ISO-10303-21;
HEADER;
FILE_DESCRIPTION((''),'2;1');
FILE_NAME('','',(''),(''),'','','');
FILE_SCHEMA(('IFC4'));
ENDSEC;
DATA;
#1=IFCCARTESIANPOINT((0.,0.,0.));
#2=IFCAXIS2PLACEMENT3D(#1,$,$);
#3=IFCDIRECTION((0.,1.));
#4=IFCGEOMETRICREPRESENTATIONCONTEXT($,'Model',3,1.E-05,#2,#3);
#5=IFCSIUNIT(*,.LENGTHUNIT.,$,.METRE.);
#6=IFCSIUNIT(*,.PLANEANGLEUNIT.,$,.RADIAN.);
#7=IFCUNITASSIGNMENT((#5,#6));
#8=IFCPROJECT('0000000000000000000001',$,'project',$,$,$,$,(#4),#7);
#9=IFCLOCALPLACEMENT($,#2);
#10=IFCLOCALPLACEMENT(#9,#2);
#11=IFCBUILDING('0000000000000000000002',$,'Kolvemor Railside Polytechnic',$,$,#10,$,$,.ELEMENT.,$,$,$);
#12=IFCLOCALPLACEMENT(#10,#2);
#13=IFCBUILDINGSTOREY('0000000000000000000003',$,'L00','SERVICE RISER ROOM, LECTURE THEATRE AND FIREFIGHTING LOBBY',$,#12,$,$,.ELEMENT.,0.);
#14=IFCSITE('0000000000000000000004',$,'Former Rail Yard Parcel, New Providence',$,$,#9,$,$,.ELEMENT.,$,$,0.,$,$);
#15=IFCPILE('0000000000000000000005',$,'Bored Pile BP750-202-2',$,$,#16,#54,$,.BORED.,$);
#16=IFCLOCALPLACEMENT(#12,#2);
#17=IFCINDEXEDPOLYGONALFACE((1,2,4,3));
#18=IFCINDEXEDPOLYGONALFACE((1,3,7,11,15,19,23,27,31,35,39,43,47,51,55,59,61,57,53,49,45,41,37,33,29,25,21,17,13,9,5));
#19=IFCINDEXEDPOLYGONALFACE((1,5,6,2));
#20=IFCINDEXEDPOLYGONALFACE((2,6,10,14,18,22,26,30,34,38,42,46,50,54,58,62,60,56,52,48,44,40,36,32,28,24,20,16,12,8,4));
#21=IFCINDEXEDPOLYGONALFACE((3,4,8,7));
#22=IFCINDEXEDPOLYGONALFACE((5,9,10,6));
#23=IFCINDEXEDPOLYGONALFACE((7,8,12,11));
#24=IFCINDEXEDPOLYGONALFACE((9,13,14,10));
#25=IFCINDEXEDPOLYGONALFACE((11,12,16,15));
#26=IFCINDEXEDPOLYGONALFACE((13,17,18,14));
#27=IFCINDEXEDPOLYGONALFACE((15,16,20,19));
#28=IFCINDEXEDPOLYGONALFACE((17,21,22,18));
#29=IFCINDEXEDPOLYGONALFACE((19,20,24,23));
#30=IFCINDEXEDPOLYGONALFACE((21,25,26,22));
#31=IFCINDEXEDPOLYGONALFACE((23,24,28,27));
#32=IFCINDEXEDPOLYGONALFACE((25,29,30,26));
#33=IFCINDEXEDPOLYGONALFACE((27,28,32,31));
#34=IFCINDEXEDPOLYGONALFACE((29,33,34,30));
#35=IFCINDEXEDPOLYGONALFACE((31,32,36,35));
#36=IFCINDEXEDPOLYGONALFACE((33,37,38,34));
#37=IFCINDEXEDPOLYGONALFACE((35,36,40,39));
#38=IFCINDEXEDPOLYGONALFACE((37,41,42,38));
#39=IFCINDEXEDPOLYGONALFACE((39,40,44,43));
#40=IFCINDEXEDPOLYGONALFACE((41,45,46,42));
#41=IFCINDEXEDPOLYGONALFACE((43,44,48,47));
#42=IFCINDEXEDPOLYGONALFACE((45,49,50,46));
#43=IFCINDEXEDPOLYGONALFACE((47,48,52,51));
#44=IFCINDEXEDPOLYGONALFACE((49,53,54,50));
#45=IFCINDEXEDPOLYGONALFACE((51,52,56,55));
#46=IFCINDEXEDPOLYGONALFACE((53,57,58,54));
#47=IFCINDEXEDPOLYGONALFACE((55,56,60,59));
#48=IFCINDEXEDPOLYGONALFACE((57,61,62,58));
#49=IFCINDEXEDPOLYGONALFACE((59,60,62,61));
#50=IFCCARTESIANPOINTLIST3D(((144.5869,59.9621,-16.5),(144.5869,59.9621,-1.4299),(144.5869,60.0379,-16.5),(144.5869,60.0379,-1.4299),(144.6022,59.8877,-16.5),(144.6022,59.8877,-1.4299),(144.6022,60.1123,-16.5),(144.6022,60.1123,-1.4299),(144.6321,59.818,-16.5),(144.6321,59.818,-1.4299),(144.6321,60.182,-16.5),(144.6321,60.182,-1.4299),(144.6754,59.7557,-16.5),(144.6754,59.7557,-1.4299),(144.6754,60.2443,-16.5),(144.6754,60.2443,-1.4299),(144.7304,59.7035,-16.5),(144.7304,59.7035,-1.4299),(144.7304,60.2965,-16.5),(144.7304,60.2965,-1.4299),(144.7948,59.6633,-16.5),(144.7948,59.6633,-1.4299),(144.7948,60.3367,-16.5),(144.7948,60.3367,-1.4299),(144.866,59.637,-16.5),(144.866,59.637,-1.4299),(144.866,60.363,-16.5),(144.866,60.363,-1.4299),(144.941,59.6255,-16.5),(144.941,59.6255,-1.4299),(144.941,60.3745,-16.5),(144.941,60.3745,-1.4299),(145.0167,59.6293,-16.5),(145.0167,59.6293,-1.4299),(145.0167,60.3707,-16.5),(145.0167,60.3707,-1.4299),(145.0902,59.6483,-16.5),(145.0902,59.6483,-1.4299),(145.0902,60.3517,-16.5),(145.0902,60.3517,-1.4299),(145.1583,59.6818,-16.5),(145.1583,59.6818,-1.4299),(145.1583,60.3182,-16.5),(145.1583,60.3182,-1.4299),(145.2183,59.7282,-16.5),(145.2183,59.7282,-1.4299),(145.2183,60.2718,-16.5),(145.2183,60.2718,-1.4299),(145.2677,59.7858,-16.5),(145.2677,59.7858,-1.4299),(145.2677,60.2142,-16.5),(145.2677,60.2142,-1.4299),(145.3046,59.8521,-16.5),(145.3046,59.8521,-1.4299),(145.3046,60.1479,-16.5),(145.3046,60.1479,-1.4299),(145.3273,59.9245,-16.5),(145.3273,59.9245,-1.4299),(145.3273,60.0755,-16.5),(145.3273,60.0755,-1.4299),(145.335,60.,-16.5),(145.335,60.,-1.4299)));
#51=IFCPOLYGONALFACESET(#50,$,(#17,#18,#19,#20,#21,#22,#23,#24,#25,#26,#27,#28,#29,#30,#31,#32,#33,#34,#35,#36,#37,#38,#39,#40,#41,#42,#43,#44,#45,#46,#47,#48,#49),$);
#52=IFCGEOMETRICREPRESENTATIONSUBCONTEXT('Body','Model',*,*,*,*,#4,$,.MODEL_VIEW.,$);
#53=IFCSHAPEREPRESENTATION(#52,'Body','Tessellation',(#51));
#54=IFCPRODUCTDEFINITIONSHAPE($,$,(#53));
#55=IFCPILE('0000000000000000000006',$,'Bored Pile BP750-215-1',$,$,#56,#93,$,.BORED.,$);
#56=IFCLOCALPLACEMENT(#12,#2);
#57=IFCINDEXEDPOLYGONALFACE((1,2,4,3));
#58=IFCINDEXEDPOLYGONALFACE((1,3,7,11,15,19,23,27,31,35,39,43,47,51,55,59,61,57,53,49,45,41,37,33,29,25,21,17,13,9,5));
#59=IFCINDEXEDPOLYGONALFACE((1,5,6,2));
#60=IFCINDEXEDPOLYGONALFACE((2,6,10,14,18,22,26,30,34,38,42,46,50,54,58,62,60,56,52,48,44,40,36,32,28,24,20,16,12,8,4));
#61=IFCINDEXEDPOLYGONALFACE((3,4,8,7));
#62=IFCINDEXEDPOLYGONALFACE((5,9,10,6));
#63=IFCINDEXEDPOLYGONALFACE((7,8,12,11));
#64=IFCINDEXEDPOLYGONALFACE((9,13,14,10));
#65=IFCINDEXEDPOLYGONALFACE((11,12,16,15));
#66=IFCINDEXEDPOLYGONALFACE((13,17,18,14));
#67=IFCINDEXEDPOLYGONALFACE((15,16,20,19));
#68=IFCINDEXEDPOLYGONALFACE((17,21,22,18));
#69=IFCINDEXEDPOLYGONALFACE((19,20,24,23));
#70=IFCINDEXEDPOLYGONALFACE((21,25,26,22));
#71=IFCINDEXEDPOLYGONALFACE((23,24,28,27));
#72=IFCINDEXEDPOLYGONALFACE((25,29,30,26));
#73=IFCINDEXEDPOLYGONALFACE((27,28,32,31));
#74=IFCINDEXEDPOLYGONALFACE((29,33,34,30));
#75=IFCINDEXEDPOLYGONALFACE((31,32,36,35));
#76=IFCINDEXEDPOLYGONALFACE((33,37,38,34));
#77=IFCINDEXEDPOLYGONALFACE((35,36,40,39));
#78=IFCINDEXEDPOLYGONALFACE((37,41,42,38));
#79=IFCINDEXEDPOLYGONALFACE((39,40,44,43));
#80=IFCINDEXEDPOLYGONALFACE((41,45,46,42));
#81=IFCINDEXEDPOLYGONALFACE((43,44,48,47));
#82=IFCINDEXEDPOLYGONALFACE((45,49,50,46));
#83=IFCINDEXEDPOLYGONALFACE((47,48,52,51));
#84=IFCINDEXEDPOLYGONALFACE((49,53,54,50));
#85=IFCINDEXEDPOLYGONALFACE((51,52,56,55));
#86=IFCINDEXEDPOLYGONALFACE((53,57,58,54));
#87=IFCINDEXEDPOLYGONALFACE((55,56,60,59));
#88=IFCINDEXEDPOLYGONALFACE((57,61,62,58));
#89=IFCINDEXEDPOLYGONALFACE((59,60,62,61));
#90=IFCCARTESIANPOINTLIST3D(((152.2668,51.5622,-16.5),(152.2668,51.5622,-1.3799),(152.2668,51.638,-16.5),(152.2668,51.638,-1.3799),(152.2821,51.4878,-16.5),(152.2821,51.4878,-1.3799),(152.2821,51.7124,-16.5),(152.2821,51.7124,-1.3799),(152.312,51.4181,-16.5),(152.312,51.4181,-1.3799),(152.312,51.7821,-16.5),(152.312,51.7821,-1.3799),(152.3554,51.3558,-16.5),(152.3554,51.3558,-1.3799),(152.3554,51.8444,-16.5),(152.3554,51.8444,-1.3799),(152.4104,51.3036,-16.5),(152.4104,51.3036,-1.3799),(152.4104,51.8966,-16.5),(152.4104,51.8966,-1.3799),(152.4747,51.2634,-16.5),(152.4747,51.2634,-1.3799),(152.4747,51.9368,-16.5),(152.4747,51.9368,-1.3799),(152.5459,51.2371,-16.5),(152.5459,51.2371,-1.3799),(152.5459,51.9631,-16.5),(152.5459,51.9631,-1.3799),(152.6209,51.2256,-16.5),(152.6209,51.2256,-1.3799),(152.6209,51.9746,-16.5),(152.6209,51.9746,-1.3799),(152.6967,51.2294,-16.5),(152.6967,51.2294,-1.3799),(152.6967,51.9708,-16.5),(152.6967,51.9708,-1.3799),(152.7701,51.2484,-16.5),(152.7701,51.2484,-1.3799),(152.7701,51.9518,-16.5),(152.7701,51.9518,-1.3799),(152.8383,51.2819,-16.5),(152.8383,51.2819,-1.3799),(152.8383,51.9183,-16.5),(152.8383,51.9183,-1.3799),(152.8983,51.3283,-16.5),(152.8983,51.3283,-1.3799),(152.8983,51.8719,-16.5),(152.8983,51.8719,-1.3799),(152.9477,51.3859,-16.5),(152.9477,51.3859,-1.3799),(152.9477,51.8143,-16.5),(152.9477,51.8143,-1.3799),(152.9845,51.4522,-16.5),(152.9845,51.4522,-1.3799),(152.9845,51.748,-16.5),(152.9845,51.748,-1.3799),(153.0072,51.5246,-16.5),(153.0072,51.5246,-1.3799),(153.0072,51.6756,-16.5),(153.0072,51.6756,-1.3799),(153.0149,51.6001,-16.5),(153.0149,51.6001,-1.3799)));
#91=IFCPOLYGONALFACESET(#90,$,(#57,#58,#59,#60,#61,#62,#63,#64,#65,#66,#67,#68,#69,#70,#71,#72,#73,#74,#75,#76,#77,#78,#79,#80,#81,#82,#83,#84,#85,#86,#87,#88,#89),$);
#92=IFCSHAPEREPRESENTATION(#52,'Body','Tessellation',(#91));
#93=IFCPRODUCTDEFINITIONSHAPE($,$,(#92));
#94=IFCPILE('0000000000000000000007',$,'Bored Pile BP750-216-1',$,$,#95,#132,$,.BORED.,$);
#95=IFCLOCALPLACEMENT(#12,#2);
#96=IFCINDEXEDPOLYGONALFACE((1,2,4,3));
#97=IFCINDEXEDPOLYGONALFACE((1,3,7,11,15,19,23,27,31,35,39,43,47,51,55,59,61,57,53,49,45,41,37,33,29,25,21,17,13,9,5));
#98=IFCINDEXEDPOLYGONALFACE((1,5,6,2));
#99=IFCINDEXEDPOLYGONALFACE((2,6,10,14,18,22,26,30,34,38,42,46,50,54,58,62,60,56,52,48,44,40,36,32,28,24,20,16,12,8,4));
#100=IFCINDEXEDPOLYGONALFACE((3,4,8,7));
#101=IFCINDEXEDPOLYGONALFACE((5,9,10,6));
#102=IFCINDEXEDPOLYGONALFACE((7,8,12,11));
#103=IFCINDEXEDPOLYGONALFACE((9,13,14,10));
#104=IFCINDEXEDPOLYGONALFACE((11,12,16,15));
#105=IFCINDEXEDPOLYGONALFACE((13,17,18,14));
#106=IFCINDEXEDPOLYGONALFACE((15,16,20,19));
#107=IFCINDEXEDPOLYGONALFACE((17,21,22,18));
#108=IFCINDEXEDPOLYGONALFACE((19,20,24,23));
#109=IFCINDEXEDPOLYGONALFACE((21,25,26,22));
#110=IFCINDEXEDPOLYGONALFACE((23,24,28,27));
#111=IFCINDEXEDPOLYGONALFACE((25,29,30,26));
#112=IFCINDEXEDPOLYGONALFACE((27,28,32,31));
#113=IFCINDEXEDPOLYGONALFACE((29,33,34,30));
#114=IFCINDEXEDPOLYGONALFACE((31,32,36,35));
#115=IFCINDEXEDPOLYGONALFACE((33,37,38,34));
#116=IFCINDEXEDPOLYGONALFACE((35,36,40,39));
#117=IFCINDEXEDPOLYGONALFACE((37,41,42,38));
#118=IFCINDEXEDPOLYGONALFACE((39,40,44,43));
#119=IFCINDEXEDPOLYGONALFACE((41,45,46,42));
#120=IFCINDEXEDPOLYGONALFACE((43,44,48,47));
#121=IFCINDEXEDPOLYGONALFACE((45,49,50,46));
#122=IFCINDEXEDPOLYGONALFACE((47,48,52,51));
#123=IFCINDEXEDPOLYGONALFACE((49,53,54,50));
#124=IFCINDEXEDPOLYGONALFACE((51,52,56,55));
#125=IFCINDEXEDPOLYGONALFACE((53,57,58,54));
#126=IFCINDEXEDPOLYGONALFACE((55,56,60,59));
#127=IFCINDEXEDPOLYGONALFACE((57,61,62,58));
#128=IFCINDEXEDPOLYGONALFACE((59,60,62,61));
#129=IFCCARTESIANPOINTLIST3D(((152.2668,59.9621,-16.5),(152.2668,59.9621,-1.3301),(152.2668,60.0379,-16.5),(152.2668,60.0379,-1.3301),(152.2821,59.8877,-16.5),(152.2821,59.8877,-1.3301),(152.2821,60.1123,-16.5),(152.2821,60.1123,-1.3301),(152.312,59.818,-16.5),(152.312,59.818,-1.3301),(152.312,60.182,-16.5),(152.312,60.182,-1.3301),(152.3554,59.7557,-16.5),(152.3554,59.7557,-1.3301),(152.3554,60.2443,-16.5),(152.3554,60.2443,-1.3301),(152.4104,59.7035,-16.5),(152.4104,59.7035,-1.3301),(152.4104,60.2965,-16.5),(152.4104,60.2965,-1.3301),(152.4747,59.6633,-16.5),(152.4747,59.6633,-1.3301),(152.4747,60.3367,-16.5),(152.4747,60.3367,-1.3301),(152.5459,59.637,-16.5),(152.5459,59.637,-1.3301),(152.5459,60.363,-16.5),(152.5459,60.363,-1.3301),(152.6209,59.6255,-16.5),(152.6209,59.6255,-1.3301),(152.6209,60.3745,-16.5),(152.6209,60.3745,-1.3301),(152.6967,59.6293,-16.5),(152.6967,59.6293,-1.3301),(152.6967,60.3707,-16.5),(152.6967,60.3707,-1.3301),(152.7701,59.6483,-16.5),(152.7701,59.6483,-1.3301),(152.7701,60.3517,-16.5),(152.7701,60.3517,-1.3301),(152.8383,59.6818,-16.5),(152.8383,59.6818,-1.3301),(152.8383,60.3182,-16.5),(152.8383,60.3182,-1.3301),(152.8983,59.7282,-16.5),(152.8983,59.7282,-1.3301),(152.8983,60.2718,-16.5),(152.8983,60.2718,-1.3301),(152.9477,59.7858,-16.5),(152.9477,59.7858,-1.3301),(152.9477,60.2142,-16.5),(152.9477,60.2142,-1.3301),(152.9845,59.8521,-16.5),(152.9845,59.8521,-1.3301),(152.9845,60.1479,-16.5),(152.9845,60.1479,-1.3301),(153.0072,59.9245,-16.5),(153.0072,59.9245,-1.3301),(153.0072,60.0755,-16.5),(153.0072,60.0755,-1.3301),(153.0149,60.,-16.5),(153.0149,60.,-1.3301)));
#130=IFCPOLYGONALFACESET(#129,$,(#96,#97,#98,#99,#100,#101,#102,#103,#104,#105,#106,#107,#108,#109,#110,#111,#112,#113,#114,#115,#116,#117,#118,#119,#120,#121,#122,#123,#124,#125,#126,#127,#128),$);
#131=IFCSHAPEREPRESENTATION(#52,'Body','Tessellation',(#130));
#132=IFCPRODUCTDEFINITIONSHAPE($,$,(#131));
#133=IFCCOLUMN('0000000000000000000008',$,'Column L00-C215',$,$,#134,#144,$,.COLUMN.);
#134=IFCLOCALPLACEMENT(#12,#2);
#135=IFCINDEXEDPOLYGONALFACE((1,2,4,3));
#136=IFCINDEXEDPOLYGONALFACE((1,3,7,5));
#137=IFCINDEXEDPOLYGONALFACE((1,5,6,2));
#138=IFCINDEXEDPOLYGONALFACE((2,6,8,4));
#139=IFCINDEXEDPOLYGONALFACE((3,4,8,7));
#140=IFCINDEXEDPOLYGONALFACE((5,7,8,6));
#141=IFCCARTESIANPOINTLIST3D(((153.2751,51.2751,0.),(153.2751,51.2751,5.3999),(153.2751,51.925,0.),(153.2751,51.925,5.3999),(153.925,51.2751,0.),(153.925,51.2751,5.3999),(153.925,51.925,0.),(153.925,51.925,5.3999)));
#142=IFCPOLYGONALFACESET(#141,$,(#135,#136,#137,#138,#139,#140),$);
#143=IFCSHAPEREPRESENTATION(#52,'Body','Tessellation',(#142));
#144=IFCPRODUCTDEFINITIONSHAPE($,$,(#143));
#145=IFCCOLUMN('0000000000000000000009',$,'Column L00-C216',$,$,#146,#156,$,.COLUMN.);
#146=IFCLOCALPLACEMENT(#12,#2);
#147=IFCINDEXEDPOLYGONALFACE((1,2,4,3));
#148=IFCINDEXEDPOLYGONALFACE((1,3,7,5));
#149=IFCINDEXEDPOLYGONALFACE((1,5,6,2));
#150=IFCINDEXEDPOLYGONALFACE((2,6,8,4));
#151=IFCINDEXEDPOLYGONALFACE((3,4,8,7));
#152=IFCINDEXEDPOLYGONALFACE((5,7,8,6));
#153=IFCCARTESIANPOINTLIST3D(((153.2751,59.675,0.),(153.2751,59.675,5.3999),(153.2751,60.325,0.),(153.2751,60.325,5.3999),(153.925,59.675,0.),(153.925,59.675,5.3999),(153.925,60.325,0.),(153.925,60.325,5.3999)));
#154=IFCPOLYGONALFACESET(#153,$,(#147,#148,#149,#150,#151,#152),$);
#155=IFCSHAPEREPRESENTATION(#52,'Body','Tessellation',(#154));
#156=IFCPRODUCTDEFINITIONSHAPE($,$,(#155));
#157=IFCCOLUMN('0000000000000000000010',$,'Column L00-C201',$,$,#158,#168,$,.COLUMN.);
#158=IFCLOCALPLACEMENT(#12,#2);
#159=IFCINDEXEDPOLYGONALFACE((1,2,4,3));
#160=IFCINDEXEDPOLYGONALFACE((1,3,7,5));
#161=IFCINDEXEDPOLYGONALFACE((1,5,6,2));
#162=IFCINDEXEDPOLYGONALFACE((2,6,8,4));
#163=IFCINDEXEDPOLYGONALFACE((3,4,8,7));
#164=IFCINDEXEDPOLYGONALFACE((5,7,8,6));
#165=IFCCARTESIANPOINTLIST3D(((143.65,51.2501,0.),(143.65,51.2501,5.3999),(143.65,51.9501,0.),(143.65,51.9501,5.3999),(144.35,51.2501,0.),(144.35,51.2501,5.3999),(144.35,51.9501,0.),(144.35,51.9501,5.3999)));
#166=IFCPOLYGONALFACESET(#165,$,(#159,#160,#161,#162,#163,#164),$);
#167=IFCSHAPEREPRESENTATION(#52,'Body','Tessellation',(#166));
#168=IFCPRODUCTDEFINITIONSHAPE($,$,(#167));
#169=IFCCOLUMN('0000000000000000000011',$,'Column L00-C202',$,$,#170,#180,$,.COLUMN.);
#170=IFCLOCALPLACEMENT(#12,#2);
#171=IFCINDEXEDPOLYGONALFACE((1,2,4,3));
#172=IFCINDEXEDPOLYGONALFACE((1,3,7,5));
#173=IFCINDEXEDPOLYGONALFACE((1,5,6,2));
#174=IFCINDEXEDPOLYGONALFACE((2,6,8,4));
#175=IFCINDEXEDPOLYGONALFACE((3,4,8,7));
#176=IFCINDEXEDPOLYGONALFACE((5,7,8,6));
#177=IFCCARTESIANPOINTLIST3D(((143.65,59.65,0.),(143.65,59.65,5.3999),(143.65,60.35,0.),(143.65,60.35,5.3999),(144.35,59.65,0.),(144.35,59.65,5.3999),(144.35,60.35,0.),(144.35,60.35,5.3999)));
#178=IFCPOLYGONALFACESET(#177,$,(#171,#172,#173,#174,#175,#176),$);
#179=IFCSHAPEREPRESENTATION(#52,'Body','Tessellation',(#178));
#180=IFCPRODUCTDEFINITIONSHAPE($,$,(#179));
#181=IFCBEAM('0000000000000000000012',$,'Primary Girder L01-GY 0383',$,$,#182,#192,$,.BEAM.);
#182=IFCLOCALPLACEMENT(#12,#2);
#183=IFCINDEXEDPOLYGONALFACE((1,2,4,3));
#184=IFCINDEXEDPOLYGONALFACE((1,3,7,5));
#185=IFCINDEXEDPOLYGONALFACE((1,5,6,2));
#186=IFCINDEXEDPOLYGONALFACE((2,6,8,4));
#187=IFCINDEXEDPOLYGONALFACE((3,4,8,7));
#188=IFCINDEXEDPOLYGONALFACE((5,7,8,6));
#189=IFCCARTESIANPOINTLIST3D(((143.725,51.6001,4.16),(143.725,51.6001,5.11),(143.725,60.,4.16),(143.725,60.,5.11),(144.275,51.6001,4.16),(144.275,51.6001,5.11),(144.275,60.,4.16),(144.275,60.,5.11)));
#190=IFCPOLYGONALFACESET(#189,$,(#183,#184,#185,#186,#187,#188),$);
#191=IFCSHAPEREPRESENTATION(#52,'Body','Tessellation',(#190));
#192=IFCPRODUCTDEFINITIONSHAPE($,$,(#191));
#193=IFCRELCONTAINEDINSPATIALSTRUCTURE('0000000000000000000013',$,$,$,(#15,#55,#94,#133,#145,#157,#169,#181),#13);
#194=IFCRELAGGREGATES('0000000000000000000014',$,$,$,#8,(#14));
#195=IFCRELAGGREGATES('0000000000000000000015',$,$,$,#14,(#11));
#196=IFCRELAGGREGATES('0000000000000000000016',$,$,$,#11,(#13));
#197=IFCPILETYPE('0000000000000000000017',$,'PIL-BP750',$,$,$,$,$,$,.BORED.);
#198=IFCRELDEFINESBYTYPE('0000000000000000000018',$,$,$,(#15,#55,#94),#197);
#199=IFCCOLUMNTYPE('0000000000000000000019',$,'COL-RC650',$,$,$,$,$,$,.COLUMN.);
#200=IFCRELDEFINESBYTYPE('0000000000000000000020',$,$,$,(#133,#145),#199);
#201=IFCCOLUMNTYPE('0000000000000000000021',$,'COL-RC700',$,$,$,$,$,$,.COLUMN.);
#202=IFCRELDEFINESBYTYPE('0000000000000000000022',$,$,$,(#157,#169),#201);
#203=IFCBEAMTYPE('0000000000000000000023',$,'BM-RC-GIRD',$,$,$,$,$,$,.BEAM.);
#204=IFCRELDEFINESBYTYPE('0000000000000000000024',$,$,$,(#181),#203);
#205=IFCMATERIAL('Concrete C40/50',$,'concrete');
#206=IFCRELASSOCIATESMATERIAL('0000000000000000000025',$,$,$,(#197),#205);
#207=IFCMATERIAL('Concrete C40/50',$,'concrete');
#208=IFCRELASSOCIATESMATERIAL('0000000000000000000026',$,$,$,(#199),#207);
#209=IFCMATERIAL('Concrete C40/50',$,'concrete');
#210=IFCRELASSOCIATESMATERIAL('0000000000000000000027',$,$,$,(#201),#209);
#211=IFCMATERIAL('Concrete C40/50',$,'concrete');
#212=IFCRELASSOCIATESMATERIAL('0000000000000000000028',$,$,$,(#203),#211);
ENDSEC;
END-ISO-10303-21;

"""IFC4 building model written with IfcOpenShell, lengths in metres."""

from ifc_helpers import new_model, si_unit, direction, frame, origin, origin_2d, place, context, subcontext, project, spatial, rectangle, circle, extrude, material, material_profile, profile_set, type_object, element, save


model = new_model("IFC4")

# Units and contexts
model_context = context("Model", 3, precision=1e-05, world=origin(), true_north=direction((0.0, 1.0)))
body_context = subcontext(model_context, "Body", "Model", "MODEL_VIEW")
ifc_project = project(units=[si_unit("LENGTHUNIT", "METRE"), si_unit("PLANEANGLEUNIT", "RADIAN")], contexts=[model_context])

# Site, building, storey
site_placement = place(None, origin())
site = spatial("IfcSite", under=ifc_project, at=site_placement, Name="Former Rail Yard Parcel, New Providence", CompositionType="ELEMENT", RefElevation=0.0)
building_placement = place(site_placement, origin())
building = spatial("IfcBuilding", under=site, at=building_placement, Name="Kolvemor Railside Polytechnic", CompositionType="ELEMENT")
storey_placement = place(building_placement, origin())
storey = spatial("IfcBuildingStorey", under=building, at=storey_placement, Name="L00", Description="SERVICE RISER ROOM, LECTURE THEATRE AND FIREFIGHTING LOBBY", CompositionType="ELEMENT", Elevation=0.0)

# Piles
ifc_material_1 = material(Name="Concrete C40/50", Category="concrete")
ifc_material_profile_1 = material_profile(ifc_material_1, circle(Radius=0.375, at=origin_2d()), Name="BP750")
ifc_profile_set_1 = profile_set([ifc_material_profile_1], Name="Concrete C40/50")
pile_type = type_object("IfcPileType", Name="PIL-BP750", PredefinedType="BORED", material=ifc_profile_set_1)
for number, where, z_axis, x_axis, name in (
    (1, (144.96, 60.0, -1.4299), (0.0, 0.0, -1.0), (1.0, 0.0, 0.0), "Bored Pile BP750-202-2"),
):
    element("IfcPile", number, at=place(storey_placement, frame(where, z_axis=z_axis, x_axis=x_axis)), inside=storey, type_object=pile_type, Name=name, PredefinedType="BORED", context=body_context, shape_type="SweptSolid", body=[
        extrude(circle(Radius=0.375, at=origin_2d()), origin(), (0.0, 0.0, 1.0), 15.0701),
    ])
pile_1_placement = place(storey_placement, frame((152.6399, 51.6001, -1.3799), z_axis=(0.0, 0.0, -1.0), x_axis=(1.0, 0.0, 0.0)))
element("IfcPile", 2, at=pile_1_placement, inside=storey, type_object=pile_type, Name="Bored Pile BP750-215-1", PredefinedType="BORED", context=body_context, shape_type="SweptSolid", body=[
    extrude(circle(Radius=0.375, at=origin_2d()), origin(), (0.0, 0.0, 1.0), 15.1201),
])
pile_2_placement = place(storey_placement, frame((152.6399, 60.0, -1.3301), z_axis=(0.0, 0.0, -1.0), x_axis=(1.0, 0.0, 0.0)))
element("IfcPile", 3, at=pile_2_placement, inside=storey, type_object=pile_type, Name="Bored Pile BP750-216-1", PredefinedType="BORED", context=body_context, shape_type="SweptSolid", body=[
    extrude(circle(Radius=0.375, at=origin_2d()), origin(), (0.0, 0.0, 1.0), 15.1699),
])

# Columns
ifc_material_2 = material(Name="Concrete C40/50", Category="concrete")
ifc_material_profile_2 = material_profile(ifc_material_2, rectangle(XDim=0.6499, YDim=0.6499, at=origin_2d()), Name="RC650x650")
ifc_profile_set_2 = profile_set([ifc_material_profile_2], Name="Concrete C40/50")
column_type_1 = type_object("IfcColumnType", Name="COL-RC650", PredefinedType="COLUMN", material=ifc_profile_set_2)
for number, where, z_axis, x_axis, name in (
    (4, (153.6001, 51.6001, 0.0), (0.0, 0.0, 1.0), (1.0, 0.0, 0.0), "Column L00-C215"),
    (5, (153.6001, 60.0, 0.0), (0.0, 0.0, 1.0), (1.0, 0.0, 0.0), "Column L00-C216"),
):
    element("IfcColumn", number, at=place(storey_placement, frame(where, z_axis=z_axis, x_axis=x_axis)), inside=storey, type_object=column_type_1, Name=name, PredefinedType="COLUMN", context=body_context, shape_type="SweptSolid", body=[
        extrude(rectangle(XDim=0.6499, YDim=0.6499, at=origin_2d()), origin(), (0.0, 0.0, 1.0), 5.3999),
    ])
ifc_material_3 = material(Name="Concrete C40/50", Category="concrete")
ifc_material_profile_3 = material_profile(ifc_material_3, rectangle(XDim=0.7, YDim=0.7, at=origin_2d()), Name="RC700x700")
ifc_profile_set_3 = profile_set([ifc_material_profile_3], Name="Concrete C40/50")
column_type_2 = type_object("IfcColumnType", Name="COL-RC700", PredefinedType="COLUMN", material=ifc_profile_set_3)
for number, where, z_axis, x_axis, name in (
    (6, (144.0, 51.6001, 0.0), (0.0, 0.0, 1.0), (1.0, 0.0, 0.0), "Column L00-C201"),
    (7, (144.0, 60.0, 0.0), (0.0, 0.0, 1.0), (1.0, 0.0, 0.0), "Column L00-C202"),
):
    element("IfcColumn", number, at=place(storey_placement, frame(where, z_axis=z_axis, x_axis=x_axis)), inside=storey, type_object=column_type_2, Name=name, PredefinedType="COLUMN", context=body_context, shape_type="SweptSolid", body=[
        extrude(rectangle(XDim=0.7, YDim=0.7, at=origin_2d()), origin(), (0.0, 0.0, 1.0), 5.3999),
    ])

# Beam
ifc_material_4 = material(Name="Concrete C40/50", Category="concrete")
ifc_material_profile_4 = material_profile(ifc_material_4, rectangle(XDim=0.55, YDim=0.95, at=origin_2d()), Name="RC550x950")
ifc_profile_set_4 = profile_set([ifc_material_profile_4], Name="Concrete C40/50")
beam_type_1 = type_object("IfcBeamType", Name="BM-RC-GIRD", PredefinedType="BEAM", material=ifc_profile_set_4)
for number, where, z_axis, x_axis, name in (
    (8, (144.0, 51.6001, 4.635), (0.0, 1.0, 0.0), (-1.0, 0.0, 0.0), "Primary Girder L01-GY 0383"),
):
    element("IfcBeam", number, at=place(storey_placement, frame(where, z_axis=z_axis, x_axis=x_axis)), inside=storey, type_object=beam_type_1, Name=name, PredefinedType="BEAM", context=body_context, shape_type="SweptSolid", body=[
        extrude(rectangle(XDim=0.55, YDim=0.95, at=origin_2d()), origin(), (0.0, 0.0, 1.0), 8.3999),
    ])

save(model, "model.ifc")
